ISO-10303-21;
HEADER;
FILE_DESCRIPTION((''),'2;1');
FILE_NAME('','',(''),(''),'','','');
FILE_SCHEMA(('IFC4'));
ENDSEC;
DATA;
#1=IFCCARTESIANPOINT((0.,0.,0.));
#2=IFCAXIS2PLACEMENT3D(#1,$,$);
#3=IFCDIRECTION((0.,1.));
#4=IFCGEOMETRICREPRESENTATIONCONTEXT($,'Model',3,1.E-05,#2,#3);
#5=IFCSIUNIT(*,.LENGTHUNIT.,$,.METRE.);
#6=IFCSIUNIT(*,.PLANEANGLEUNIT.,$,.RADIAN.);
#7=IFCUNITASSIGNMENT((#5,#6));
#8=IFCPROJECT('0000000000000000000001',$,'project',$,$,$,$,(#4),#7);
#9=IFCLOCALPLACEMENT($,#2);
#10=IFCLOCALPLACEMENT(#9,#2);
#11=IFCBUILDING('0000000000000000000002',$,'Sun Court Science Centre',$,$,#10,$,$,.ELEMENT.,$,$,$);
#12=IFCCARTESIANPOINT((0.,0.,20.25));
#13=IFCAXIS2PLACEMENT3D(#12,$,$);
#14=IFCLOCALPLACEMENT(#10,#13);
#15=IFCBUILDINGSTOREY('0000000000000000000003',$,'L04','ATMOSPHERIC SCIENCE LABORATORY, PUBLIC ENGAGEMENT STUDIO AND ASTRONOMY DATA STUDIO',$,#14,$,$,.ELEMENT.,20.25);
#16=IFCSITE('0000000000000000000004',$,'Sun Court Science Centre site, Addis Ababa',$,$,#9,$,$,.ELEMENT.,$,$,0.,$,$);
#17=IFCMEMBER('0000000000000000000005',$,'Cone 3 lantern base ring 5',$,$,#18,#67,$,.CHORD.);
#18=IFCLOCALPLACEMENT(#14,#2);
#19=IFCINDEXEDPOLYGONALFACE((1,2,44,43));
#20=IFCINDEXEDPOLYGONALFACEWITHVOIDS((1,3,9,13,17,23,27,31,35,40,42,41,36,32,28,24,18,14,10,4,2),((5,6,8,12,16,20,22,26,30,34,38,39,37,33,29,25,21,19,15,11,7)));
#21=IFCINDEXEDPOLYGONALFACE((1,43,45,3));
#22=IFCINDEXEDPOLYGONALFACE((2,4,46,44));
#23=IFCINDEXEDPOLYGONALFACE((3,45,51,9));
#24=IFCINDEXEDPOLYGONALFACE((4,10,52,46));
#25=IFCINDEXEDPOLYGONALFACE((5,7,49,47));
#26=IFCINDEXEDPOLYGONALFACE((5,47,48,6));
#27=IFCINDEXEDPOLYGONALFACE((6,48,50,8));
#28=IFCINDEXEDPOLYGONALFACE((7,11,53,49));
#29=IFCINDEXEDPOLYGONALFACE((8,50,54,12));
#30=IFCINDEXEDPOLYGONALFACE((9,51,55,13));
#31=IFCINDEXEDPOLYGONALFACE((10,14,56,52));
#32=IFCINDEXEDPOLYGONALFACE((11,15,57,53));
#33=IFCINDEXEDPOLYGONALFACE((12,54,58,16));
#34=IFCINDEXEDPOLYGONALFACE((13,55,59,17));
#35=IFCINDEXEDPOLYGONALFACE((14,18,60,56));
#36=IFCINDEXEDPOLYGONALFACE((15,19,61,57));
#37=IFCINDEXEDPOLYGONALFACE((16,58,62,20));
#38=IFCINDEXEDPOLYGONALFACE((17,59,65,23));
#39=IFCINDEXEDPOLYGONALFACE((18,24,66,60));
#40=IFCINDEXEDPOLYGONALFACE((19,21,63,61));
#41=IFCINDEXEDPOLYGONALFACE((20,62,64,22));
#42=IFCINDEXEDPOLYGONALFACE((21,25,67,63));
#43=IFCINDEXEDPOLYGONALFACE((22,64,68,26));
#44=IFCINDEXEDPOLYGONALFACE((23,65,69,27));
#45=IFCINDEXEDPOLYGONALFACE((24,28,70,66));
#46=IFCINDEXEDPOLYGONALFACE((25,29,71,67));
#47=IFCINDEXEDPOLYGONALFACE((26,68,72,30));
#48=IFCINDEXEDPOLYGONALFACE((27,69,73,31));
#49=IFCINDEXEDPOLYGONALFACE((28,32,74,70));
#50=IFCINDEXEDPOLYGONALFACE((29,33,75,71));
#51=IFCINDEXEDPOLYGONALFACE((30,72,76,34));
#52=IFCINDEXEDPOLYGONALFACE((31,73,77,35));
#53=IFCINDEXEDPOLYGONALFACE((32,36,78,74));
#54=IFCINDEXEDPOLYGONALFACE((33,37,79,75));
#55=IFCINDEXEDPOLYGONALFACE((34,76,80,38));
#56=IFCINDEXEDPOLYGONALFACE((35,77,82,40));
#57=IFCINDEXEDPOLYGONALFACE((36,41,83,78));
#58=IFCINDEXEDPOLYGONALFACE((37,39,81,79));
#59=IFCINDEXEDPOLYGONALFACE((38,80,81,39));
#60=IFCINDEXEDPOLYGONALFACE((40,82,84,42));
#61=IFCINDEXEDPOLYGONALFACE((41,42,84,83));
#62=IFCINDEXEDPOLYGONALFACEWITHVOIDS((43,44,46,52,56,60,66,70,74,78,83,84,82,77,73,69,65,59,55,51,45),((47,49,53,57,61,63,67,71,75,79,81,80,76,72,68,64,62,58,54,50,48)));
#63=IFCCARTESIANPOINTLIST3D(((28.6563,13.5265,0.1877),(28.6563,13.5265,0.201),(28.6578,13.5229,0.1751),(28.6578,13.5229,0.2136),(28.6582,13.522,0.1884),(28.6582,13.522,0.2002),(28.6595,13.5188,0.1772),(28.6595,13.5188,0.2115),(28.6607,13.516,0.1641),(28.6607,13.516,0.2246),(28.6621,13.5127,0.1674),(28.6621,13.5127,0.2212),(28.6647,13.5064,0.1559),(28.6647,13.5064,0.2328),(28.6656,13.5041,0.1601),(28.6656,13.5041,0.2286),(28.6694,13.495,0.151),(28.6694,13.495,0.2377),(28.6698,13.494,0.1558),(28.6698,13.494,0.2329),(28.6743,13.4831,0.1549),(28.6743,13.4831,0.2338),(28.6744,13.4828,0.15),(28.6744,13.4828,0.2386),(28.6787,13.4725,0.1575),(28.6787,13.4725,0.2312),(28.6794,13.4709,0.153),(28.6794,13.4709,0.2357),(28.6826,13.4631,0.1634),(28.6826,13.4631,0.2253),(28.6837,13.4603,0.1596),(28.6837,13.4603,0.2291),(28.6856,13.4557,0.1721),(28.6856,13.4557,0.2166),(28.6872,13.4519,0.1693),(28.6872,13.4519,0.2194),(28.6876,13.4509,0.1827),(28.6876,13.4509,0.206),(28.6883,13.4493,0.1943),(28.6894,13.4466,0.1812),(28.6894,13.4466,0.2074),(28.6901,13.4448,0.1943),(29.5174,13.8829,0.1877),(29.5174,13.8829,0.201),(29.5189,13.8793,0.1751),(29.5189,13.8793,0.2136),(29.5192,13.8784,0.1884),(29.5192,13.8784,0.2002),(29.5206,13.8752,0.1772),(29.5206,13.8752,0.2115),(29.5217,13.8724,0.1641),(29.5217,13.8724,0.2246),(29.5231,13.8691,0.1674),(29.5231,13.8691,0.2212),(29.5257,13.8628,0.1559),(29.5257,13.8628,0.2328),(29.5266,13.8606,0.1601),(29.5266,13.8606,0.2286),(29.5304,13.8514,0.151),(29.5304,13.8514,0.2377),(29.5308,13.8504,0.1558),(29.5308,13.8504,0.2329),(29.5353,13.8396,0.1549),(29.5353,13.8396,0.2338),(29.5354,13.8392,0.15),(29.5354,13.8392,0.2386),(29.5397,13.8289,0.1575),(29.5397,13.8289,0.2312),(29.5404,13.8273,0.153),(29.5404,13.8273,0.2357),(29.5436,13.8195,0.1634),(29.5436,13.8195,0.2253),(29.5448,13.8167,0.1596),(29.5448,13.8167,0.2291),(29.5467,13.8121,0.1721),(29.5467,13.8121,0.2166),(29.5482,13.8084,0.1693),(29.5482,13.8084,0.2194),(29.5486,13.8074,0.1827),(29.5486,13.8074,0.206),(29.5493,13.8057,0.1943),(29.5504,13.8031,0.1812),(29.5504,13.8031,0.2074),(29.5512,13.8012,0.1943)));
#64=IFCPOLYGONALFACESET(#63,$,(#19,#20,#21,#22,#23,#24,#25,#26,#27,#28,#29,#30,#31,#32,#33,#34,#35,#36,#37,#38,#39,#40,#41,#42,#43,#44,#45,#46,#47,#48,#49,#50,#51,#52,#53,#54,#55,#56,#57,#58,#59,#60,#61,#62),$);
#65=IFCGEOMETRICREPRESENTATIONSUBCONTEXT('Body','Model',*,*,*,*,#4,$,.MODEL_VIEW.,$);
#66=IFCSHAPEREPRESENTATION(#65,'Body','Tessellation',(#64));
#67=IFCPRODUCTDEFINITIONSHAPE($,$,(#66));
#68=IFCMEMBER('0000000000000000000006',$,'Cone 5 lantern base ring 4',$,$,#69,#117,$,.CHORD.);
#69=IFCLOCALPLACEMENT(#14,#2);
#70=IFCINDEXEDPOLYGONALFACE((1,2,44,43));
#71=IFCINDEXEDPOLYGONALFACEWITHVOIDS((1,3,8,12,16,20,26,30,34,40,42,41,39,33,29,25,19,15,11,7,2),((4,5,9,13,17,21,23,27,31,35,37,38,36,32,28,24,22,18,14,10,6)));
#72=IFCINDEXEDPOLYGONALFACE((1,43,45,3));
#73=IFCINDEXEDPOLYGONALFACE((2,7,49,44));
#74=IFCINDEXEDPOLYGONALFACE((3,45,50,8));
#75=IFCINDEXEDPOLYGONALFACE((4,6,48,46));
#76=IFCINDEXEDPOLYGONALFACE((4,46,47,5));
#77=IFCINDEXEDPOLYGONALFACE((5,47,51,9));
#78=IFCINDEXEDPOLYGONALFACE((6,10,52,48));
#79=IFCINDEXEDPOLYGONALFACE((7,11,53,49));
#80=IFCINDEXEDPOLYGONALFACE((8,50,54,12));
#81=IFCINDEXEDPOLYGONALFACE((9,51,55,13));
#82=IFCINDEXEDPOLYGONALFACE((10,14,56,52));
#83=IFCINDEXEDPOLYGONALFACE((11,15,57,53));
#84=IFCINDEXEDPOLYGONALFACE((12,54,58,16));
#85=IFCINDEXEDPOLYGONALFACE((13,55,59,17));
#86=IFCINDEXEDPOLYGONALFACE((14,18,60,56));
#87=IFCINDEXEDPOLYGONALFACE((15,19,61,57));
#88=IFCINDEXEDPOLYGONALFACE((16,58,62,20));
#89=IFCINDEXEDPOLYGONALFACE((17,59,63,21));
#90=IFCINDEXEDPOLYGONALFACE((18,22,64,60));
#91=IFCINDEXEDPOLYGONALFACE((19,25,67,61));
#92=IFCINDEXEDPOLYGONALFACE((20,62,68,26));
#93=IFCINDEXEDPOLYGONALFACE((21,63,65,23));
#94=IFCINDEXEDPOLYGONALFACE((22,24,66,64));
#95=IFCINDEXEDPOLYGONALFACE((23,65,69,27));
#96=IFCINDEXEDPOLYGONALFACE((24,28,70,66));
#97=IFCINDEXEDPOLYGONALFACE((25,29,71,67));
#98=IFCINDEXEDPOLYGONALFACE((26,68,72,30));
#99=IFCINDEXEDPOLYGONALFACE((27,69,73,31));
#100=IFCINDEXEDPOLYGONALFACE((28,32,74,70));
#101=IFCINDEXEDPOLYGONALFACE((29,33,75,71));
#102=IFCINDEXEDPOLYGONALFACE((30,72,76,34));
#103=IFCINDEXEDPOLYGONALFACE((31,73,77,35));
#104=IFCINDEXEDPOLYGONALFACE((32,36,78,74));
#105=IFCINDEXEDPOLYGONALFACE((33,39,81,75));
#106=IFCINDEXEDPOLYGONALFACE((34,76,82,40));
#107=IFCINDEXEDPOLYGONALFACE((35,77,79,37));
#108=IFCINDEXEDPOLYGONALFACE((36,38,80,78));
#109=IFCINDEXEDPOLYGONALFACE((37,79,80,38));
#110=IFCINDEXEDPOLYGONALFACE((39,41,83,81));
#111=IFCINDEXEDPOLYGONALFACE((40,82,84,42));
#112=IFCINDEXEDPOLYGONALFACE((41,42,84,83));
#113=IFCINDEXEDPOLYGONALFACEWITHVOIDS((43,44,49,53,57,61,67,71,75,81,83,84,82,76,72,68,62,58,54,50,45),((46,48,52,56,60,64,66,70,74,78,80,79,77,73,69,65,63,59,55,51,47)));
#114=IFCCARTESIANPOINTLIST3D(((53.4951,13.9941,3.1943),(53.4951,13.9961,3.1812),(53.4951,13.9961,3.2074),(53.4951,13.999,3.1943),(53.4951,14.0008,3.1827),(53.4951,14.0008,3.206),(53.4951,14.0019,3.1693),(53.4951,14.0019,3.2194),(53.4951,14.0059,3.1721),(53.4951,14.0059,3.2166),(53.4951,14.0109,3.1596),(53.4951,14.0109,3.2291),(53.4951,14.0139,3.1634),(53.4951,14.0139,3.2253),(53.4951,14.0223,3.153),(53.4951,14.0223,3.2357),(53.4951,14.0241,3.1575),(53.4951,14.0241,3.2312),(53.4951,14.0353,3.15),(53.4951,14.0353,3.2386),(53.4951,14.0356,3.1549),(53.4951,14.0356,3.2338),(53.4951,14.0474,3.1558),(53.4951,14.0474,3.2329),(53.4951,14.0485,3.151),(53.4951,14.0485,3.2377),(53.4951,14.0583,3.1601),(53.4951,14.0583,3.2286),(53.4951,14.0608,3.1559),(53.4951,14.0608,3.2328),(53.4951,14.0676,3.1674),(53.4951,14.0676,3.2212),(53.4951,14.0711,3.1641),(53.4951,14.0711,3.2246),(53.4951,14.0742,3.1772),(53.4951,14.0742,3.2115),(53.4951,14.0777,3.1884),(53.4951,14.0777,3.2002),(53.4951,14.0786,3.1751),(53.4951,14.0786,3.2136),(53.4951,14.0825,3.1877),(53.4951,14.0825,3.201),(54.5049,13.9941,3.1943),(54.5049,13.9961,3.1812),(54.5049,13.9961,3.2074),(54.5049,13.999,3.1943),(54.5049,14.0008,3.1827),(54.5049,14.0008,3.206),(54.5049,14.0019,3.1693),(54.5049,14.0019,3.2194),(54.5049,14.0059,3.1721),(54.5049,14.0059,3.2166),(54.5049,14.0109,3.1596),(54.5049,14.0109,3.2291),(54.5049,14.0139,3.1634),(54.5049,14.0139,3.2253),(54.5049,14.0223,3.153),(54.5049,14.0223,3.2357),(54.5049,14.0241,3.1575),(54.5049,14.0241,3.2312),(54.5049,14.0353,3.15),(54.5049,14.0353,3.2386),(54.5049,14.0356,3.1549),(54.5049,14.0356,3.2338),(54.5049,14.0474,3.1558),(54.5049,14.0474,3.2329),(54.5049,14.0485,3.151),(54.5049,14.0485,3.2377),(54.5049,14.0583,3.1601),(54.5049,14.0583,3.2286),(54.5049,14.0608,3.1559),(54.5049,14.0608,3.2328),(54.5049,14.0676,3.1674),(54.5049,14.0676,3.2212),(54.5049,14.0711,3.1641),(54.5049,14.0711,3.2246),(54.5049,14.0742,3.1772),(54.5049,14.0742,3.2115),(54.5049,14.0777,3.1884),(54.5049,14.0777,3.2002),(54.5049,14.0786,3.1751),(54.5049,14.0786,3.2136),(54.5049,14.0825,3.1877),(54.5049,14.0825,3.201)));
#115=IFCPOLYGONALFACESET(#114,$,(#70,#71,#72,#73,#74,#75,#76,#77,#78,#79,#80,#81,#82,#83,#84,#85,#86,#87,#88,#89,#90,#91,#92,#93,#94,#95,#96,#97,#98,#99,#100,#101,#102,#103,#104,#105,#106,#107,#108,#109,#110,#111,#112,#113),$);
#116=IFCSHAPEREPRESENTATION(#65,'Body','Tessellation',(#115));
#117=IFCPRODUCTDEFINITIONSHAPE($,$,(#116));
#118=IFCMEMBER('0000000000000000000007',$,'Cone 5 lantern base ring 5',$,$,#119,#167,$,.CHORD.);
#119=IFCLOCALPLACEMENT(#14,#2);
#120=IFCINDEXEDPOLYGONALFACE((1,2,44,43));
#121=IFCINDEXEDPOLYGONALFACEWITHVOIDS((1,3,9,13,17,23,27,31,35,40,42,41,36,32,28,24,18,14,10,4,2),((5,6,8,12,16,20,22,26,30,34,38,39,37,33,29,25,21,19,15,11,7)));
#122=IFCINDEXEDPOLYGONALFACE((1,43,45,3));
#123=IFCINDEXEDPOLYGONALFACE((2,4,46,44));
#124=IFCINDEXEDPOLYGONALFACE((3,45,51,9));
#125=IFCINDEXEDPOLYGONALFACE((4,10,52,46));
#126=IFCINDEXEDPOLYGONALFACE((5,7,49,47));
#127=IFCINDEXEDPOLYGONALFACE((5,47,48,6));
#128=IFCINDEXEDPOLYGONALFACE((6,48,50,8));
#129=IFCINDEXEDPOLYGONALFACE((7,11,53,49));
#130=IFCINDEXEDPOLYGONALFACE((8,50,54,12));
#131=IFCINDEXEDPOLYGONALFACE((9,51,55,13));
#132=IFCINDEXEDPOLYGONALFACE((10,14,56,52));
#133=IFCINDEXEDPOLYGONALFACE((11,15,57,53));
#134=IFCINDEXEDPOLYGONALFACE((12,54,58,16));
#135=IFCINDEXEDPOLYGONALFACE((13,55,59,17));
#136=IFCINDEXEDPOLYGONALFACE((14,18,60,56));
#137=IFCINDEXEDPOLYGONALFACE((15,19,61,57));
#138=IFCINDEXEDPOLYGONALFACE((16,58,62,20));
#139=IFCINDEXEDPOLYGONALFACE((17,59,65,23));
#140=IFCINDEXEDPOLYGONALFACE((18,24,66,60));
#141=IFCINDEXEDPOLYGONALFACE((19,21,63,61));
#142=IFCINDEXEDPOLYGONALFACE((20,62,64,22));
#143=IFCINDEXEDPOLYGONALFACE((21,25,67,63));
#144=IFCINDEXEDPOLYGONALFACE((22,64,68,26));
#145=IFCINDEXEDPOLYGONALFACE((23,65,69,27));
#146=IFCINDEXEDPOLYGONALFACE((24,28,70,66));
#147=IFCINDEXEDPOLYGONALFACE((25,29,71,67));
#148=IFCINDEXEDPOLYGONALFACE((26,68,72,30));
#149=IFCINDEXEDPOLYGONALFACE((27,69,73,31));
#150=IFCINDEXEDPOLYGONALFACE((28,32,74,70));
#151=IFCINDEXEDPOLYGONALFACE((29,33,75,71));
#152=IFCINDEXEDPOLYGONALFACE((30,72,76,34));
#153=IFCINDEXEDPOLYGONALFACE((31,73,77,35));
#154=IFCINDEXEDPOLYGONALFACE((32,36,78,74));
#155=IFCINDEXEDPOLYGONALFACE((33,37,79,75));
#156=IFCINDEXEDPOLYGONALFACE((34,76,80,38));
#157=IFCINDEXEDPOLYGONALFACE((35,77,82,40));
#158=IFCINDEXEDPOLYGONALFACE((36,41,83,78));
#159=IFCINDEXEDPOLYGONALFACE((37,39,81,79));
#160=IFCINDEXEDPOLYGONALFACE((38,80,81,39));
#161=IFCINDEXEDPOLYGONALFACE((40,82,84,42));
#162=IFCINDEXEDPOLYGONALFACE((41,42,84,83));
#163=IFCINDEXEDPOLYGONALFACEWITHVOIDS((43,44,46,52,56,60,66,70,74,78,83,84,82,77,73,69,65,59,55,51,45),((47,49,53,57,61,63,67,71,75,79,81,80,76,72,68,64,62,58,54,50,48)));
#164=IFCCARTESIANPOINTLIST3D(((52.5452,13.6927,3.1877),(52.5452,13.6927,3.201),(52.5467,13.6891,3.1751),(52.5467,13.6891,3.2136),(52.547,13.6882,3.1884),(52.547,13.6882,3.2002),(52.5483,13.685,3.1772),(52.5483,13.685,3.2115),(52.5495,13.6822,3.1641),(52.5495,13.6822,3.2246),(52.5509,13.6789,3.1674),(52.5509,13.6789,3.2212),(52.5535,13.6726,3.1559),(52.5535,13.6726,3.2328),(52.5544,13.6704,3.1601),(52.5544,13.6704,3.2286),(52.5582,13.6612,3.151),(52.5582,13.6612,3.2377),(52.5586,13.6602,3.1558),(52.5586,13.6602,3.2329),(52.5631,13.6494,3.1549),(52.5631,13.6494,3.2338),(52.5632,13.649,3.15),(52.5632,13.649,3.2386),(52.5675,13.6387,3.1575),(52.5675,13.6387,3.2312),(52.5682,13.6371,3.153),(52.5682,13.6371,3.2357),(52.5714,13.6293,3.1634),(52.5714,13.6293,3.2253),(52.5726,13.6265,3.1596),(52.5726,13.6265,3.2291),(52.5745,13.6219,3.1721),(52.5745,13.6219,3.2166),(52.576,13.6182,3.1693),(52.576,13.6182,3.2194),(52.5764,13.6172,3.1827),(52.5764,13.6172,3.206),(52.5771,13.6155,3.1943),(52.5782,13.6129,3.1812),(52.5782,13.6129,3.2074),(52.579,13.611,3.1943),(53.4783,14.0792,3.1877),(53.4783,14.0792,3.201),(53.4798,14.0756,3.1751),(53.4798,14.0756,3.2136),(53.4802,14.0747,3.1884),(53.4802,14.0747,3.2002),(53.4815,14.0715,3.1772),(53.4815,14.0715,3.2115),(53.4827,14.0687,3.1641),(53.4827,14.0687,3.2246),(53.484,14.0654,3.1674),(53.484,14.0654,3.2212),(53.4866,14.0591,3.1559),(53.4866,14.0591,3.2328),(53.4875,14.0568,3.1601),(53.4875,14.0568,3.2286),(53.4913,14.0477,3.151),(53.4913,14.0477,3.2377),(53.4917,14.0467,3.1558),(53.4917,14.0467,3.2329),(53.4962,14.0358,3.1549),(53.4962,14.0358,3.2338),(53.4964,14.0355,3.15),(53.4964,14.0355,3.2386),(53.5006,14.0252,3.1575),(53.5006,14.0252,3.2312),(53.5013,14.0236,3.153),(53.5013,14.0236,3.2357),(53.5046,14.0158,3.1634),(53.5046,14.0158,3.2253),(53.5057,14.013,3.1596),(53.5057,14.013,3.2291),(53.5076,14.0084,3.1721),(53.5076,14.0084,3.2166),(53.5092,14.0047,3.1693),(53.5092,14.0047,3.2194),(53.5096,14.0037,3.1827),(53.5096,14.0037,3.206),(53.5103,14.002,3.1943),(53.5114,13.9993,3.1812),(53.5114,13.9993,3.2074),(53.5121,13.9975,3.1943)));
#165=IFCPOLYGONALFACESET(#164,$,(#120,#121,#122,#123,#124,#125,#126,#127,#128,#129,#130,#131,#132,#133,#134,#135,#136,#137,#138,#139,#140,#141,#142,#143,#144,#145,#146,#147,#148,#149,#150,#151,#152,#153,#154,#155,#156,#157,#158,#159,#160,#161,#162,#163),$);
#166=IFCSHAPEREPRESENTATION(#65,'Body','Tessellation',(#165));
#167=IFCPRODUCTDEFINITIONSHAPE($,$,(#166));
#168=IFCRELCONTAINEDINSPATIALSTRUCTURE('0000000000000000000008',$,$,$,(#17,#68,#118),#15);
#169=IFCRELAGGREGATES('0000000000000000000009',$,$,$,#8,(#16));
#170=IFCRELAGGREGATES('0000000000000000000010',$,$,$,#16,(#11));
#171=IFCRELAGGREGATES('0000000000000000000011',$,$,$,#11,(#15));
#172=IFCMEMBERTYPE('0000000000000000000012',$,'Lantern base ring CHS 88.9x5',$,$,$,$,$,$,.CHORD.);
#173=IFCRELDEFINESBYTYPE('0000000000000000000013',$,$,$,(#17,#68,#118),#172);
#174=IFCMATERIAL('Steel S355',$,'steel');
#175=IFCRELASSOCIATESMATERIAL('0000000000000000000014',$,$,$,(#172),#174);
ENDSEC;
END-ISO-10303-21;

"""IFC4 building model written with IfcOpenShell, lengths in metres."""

from ifc_helpers import new_model, si_unit, direction, frame, origin, origin_2d, place, context, subcontext, project, spatial, hollow_circle, extrude, material, material_profile, profile_set, type_object, element, save


model = new_model("IFC4")

# Units and contexts
model_context = context("Model", 3, precision=1e-05, world=origin(), true_north=direction((0.0, 1.0)))
body_context = subcontext(model_context, "Body", "Model", "MODEL_VIEW")
ifc_project = project(units=[si_unit("LENGTHUNIT", "METRE"), si_unit("PLANEANGLEUNIT", "RADIAN")], contexts=[model_context])

# Site, building, storey
site_placement = place(None, origin())
site = spatial("IfcSite", under=ifc_project, at=site_placement, Name="Sun Court Science Centre site, Addis Ababa", CompositionType="ELEMENT", RefElevation=0.0)
building_placement = place(site_placement, origin())
building = spatial("IfcBuilding", under=site, at=building_placement, Name="Sun Court Science Centre", CompositionType="ELEMENT")
storey_placement = place(building_placement, frame((0.0, 0.0, 20.25)))
storey = spatial("IfcBuildingStorey", under=building, at=storey_placement, Name="L04", Description="ATMOSPHERIC SCIENCE LABORATORY, PUBLIC ENGAGEMENT STUDIO AND ASTRONOMY DATA STUDIO", CompositionType="ELEMENT", Elevation=20.25)

# Members
ifc_material_1 = material(Name="Steel S355", Category="steel")
ifc_material_profile_1 = material_profile(ifc_material_1, hollow_circle(Radius=0.0444, WallThickness=0.0049, at=origin_2d()), Name="CHS 88.9x5")
ifc_profile_set_1 = profile_set([ifc_material_profile_1], Name="Steel S355")
member_type_1 = type_object("IfcMemberType", Name="Lantern base ring CHS 88.9x5", PredefinedType="CHORD", material=ifc_profile_set_1)
member_1_placement = place(storey_placement, frame((29.5342, 13.8423, 0.1943), z_axis=(-0.923966, -0.382475, 0.0), x_axis=(0.382475, -0.923966, 0.0)))
element("IfcMember", 1, at=member_1_placement, inside=storey, type_object=member_type_1, Name="Cone 3 lantern base ring 5", PredefinedType="CHORD", context=body_context, shape_type="SweptSolid", body=[
    extrude(hollow_circle(Radius=0.0444, WallThickness=0.0049, at=origin_2d()), origin(), (0.0, 0.0, 1.0), 0.9319),
])
member_2_placement = place(storey_placement, frame((54.5049, 14.0386, 3.1943), z_axis=(-1.0, 0.0, 0.0), x_axis=(0.0, -1.0, 0.0)))
element("IfcMember", 2, at=member_2_placement, inside=storey, type_object=member_type_1, Name="Cone 5 lantern base ring 4", PredefinedType="CHORD", context=body_context, shape_type="SweptSolid", body=[
    extrude(hollow_circle(Radius=0.0444, WallThickness=0.0049, at=origin_2d()), origin(), (0.0, 0.0, 1.0), 1.0098),
])
member_3_placement = place(storey_placement, frame((53.4951, 14.0386, 3.1943), z_axis=(-0.92389, -0.382658, 0.0), x_axis=(0.382658, -0.92389, 0.0)))
element("IfcMember", 3, at=member_3_placement, inside=storey, type_object=member_type_1, Name="Cone 5 lantern base ring 5", PredefinedType="CHORD", context=body_context, shape_type="SweptSolid", body=[
    extrude(hollow_circle(Radius=0.0444, WallThickness=0.0049, at=origin_2d()), origin(), (0.0, 0.0, 1.0), 1.01),
])

save(model, "model.ifc")
